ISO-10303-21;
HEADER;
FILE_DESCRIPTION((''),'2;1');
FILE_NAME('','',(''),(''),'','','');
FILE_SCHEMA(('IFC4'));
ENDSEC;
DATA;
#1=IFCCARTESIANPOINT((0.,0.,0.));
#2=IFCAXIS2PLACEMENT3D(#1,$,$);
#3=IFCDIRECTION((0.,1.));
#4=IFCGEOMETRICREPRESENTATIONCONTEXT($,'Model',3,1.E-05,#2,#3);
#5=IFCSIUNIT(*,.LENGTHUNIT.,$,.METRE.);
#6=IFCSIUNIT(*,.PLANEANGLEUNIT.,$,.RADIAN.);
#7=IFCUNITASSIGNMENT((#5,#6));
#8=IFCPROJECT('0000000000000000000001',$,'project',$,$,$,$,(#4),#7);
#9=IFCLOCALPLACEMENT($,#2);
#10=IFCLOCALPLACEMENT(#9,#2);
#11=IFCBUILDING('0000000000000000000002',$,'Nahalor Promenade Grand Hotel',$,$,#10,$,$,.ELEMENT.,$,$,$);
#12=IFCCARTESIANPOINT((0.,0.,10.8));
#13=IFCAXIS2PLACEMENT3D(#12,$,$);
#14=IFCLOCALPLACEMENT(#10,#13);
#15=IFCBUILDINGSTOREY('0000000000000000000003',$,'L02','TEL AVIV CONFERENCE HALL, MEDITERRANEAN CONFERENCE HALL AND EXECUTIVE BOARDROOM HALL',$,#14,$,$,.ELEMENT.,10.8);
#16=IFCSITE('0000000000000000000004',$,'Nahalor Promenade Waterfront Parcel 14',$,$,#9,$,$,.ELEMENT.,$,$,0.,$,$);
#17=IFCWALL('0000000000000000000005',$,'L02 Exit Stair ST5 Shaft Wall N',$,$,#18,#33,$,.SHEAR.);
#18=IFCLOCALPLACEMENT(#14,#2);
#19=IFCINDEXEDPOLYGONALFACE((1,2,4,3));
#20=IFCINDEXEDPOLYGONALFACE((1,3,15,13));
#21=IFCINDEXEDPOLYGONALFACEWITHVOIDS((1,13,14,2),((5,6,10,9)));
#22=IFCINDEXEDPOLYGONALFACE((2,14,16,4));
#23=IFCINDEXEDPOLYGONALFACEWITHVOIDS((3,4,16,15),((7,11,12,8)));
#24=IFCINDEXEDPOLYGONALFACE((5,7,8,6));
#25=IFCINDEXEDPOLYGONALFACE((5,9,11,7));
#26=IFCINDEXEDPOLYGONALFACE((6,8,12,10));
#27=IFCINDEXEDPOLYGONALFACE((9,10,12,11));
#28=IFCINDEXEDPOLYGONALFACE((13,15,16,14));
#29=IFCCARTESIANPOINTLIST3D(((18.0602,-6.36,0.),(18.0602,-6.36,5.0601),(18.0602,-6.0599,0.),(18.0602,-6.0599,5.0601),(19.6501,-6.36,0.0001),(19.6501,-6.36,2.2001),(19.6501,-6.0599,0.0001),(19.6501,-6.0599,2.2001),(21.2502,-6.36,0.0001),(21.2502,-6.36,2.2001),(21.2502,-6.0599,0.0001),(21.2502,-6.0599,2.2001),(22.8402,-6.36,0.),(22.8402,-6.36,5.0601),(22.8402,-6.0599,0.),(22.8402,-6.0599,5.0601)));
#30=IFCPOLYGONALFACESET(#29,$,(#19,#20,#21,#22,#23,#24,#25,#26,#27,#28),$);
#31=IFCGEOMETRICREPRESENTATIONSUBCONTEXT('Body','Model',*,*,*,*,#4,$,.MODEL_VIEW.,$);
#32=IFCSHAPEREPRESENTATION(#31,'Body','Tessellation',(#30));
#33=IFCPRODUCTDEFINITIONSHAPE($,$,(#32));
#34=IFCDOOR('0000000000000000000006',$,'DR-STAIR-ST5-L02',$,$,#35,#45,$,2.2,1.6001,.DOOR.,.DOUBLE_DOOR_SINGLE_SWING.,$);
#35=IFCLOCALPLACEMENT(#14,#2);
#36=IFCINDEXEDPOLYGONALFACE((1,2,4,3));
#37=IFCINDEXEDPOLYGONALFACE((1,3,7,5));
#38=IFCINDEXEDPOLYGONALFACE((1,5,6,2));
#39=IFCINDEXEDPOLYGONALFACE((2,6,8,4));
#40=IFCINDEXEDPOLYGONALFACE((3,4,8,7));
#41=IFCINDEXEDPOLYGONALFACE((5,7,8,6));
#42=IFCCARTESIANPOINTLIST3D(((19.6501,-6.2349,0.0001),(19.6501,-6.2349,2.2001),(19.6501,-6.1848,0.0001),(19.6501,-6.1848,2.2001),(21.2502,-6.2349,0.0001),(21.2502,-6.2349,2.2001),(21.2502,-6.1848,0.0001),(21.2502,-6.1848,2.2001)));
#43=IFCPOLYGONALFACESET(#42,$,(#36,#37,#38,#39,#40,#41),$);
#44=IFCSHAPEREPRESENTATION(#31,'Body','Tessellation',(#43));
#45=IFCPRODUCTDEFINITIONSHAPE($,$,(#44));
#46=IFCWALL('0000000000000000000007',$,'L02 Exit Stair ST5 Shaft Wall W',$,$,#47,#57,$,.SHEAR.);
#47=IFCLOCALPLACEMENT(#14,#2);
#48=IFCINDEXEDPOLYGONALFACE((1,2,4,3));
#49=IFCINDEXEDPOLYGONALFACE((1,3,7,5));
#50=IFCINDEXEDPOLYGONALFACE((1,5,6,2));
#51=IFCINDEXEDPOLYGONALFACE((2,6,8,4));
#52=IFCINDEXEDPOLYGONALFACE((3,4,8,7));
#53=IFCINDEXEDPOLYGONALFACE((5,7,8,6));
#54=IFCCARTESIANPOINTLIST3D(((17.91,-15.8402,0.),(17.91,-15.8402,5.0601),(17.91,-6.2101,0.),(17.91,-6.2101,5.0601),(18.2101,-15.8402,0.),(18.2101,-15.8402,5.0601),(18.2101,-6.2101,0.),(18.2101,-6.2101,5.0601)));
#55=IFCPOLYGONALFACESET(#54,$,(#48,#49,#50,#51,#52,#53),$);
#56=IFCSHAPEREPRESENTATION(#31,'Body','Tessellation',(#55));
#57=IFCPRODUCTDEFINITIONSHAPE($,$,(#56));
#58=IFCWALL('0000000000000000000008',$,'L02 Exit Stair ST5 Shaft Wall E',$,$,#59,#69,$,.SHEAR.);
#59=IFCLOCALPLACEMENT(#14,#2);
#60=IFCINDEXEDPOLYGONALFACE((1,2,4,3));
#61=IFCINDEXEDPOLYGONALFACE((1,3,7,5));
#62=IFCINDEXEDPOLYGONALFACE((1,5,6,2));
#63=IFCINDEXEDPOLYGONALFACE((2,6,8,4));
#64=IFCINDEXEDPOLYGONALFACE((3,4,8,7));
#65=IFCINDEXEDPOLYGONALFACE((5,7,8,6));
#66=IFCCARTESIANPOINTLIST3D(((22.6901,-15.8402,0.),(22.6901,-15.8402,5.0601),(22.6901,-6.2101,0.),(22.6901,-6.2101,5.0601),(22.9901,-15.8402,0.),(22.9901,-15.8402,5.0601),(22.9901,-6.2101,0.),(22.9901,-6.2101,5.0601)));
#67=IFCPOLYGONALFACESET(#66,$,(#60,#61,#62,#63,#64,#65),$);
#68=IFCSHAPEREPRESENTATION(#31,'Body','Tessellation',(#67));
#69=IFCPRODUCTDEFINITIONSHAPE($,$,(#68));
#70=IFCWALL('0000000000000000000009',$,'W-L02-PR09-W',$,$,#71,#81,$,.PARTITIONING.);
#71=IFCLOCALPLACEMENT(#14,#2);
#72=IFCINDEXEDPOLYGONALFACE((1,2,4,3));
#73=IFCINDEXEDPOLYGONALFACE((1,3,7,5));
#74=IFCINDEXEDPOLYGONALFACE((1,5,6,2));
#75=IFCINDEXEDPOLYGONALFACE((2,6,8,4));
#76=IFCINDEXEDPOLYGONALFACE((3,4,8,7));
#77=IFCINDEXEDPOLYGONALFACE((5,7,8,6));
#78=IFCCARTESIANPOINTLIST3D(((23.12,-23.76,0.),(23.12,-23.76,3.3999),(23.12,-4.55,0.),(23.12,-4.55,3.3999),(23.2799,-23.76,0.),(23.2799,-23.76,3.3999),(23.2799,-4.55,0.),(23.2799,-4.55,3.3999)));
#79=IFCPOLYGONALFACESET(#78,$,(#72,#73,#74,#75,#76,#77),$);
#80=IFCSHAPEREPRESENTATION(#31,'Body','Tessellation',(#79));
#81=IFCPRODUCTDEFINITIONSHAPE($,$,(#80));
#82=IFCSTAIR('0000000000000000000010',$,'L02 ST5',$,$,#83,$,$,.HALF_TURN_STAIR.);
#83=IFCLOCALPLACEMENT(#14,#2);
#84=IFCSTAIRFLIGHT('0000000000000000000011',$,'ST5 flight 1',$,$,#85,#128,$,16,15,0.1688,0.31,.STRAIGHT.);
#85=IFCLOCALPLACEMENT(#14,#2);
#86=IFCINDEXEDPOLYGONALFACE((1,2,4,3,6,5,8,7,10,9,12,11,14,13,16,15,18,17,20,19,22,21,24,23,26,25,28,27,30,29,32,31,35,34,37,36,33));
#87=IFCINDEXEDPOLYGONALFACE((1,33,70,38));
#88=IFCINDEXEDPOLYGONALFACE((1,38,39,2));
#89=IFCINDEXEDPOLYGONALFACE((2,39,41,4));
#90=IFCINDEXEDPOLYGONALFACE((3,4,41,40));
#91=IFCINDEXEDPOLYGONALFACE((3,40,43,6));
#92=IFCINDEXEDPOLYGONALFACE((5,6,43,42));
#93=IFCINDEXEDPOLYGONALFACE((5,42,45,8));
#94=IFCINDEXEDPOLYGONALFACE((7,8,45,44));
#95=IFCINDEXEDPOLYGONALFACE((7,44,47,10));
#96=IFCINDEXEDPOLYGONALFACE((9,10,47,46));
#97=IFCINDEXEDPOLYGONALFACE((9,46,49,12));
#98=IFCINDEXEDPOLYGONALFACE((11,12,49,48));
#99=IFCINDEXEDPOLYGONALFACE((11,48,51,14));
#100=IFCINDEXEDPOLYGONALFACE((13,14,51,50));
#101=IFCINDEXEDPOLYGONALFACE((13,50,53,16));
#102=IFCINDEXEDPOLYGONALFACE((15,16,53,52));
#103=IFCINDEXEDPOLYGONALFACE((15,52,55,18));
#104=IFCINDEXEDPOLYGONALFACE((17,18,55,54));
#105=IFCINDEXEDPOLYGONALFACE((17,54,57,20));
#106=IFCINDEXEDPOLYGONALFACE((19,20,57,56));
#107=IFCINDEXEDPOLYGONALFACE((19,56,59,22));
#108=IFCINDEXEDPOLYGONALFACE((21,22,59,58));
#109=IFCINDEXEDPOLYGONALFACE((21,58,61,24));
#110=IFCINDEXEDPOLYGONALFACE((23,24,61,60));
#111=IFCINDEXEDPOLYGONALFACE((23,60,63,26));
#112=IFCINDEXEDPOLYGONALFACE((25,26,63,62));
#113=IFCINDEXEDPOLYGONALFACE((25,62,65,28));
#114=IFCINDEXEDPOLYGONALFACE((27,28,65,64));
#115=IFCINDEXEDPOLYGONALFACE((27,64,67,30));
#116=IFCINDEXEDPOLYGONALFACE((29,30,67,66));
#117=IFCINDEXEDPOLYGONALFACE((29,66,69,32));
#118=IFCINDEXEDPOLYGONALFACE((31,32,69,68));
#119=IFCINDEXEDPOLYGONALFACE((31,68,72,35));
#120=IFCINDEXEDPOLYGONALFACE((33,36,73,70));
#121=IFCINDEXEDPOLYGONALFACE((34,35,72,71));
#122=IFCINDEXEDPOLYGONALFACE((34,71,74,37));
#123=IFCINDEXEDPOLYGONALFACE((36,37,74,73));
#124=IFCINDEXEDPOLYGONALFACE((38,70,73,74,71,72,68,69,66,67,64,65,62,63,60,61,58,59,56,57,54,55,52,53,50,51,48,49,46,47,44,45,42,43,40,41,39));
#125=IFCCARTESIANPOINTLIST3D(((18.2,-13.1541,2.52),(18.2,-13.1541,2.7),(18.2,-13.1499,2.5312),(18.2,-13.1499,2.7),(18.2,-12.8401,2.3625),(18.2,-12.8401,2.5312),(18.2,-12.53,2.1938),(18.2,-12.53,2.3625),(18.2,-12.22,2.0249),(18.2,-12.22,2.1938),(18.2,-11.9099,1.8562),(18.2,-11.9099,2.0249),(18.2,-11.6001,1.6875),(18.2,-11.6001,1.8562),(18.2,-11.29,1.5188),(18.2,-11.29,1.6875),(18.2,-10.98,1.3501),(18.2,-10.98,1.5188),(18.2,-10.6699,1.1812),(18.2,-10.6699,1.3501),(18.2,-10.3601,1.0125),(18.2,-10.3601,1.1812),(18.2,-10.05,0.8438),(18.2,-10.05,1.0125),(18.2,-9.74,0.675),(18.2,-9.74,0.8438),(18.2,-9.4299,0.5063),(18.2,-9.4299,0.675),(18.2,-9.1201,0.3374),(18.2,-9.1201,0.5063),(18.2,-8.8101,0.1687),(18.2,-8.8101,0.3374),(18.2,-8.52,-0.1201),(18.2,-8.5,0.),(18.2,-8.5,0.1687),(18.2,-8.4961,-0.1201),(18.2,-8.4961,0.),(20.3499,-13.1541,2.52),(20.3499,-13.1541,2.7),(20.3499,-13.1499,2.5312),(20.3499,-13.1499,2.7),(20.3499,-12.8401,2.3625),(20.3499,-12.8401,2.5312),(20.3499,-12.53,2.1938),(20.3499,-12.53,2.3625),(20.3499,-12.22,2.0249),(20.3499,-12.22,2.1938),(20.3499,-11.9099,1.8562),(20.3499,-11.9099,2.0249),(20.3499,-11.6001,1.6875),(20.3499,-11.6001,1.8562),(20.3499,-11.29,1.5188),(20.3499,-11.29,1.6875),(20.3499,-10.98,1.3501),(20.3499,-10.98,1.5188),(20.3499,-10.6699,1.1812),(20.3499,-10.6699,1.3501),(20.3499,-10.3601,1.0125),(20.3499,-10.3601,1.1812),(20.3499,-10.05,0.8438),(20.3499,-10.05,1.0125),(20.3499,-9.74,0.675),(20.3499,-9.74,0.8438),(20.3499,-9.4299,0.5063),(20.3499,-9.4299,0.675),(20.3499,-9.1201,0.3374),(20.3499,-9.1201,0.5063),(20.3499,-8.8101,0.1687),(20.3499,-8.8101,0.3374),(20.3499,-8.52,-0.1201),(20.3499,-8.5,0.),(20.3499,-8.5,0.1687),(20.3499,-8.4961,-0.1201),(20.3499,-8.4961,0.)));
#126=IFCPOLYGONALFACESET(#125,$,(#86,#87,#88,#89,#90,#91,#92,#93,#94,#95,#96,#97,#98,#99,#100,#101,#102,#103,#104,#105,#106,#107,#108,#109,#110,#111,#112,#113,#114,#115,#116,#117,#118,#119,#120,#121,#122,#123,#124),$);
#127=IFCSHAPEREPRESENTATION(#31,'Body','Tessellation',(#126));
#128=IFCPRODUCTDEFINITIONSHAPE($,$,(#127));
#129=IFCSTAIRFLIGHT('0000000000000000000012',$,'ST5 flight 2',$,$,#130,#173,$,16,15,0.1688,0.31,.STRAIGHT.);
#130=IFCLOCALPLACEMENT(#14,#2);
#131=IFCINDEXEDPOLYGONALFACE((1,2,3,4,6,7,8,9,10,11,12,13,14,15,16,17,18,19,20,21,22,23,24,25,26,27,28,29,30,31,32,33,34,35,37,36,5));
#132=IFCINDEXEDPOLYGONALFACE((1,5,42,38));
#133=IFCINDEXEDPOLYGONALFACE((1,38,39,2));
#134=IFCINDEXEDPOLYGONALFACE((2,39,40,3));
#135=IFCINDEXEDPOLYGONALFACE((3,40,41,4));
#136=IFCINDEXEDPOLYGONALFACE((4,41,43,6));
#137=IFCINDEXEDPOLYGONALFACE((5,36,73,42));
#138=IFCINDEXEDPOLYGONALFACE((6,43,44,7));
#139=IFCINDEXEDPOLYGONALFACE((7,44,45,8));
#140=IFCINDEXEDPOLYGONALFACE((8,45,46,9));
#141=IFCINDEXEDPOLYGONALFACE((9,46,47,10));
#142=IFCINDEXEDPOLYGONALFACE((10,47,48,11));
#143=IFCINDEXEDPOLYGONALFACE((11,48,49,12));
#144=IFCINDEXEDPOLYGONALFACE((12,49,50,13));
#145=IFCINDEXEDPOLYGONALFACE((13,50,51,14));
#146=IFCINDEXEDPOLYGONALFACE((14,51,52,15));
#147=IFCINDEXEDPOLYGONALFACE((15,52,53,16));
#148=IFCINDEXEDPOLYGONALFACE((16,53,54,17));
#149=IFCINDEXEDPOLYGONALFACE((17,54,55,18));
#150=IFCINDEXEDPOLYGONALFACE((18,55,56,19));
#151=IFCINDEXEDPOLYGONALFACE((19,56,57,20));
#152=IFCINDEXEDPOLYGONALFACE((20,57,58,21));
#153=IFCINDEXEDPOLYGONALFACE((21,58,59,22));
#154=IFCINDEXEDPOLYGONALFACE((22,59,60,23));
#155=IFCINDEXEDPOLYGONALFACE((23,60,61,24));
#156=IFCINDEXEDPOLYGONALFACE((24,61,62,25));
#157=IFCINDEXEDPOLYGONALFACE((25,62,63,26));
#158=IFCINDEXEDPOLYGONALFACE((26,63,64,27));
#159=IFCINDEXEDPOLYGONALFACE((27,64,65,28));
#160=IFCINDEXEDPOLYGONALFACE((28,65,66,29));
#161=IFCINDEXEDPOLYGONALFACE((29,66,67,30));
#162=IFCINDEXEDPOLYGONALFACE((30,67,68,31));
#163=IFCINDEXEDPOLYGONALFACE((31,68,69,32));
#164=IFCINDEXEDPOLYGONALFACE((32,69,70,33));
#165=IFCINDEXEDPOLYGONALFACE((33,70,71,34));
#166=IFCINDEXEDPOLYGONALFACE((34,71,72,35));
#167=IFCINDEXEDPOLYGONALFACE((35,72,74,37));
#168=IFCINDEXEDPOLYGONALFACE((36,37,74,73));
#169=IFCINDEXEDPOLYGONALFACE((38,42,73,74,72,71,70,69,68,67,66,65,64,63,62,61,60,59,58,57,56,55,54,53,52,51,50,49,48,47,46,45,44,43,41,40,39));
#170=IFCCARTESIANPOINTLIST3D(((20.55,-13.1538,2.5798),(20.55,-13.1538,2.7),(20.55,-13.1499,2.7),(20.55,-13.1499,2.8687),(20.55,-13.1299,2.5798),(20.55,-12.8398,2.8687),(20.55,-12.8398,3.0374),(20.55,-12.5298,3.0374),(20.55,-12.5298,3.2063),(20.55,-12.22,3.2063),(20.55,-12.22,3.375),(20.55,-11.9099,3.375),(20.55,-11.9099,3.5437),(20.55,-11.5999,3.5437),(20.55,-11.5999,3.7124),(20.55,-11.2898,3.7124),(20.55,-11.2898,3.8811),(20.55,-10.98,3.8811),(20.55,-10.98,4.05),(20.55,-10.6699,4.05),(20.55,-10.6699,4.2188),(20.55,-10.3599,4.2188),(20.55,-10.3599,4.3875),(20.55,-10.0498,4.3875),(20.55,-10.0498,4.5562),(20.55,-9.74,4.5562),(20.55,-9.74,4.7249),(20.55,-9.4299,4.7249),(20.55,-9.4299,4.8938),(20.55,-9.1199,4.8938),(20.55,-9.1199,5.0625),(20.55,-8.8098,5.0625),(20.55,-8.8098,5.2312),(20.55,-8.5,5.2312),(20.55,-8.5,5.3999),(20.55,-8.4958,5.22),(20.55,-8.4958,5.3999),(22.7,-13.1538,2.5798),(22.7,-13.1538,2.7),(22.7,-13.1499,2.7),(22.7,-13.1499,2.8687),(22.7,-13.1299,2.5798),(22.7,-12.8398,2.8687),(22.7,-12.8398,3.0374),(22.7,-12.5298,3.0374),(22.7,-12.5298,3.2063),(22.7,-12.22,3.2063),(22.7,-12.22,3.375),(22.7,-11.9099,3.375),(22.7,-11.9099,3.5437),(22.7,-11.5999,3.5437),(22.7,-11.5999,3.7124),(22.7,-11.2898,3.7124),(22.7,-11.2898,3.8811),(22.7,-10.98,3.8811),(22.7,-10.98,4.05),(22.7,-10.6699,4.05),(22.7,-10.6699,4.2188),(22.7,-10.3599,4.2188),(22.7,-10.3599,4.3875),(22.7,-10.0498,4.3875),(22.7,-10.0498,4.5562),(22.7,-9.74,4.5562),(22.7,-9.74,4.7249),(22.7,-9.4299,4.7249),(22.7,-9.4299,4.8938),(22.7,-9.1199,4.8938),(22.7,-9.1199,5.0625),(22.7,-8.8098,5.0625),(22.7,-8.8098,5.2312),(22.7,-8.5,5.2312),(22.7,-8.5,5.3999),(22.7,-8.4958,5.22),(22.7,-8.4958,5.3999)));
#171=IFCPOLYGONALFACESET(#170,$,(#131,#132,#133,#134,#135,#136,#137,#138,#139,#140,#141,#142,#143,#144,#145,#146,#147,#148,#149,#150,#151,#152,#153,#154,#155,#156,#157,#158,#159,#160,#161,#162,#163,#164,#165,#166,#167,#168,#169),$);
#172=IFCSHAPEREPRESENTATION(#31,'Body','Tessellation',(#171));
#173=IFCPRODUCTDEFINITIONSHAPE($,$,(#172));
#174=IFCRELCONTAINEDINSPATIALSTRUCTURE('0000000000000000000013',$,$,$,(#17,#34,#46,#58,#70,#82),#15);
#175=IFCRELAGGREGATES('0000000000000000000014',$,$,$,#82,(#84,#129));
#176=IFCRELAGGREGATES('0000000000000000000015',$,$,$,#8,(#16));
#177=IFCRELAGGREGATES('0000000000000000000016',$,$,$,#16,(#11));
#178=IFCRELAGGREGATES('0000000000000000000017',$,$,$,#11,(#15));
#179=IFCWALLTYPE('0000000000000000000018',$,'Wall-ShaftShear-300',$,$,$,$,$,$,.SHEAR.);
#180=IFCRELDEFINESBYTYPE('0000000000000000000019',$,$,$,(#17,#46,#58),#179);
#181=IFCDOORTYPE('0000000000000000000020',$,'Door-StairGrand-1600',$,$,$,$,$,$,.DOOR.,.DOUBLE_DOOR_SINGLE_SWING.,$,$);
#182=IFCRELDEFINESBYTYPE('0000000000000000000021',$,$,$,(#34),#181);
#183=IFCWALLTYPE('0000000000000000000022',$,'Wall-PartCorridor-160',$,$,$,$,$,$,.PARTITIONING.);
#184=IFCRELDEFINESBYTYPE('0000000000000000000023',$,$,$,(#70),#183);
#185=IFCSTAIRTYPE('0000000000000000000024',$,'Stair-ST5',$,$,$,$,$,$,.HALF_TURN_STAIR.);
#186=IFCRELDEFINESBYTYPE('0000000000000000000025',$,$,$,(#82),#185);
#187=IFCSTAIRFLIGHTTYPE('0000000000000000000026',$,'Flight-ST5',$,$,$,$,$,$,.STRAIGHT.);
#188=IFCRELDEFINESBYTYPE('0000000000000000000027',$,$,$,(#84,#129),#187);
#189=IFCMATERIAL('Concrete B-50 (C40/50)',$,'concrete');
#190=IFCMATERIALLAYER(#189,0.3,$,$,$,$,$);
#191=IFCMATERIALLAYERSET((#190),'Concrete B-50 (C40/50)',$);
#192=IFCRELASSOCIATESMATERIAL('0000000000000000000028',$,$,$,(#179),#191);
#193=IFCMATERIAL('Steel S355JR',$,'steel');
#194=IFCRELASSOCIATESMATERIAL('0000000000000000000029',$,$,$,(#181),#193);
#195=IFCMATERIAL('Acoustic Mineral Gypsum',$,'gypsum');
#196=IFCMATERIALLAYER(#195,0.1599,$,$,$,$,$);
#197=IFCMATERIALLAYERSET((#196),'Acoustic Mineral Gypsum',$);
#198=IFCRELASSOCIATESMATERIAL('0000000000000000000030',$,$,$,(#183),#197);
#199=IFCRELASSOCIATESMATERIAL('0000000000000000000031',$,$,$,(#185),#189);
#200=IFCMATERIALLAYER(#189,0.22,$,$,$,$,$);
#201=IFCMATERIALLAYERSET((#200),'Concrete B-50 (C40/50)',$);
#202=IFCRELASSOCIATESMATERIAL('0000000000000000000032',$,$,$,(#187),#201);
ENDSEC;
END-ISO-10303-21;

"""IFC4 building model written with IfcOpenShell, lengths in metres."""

from ifc_helpers import new_model, si_unit, direction, frame, frame_2d, origin, place, context, subcontext, project, spatial, polyline, rectangle, outline, extrude, source, transform, mapped, material, layer, layer_set, type_object, element, fill, aggregate, save


model = new_model("IFC4")

# Units and contexts
model_context = context("Model", 3, precision=1e-05, world=origin(), true_north=direction((0.0, 1.0)))
body_context = subcontext(model_context, "Body", "Model", "MODEL_VIEW")
ifc_project = project(units=[si_unit("LENGTHUNIT", "METRE"), si_unit("PLANEANGLEUNIT", "RADIAN")], contexts=[model_context])

# Site, building, storey
site_placement = place(None, origin())
site = spatial("IfcSite", under=ifc_project, at=site_placement, Name="Nahalor Promenade Waterfront Parcel 14", CompositionType="ELEMENT", RefElevation=0.0)
building_placement = place(site_placement, origin())
building = spatial("IfcBuilding", under=site, at=building_placement, Name="Nahalor Promenade Grand Hotel", CompositionType="ELEMENT")
storey_placement = place(building_placement, frame((0.0, 0.0, 10.8)))
storey = spatial("IfcBuildingStorey", under=building, at=storey_placement, Name="L02", Description="TEL AVIV CONFERENCE HALL, MEDITERRANEAN CONFERENCE HALL AND EXECUTIVE BOARDROOM HALL", CompositionType="ELEMENT", Elevation=10.8)

# Shared definitions
ifc_material_1 = material(Name="Steel S355JR", Category="steel")

# Shared definitions
ifc_material_2 = material(Name="Concrete B-50 (C40/50)", Category="concrete")
ifc_layer_1 = layer(ifc_material_2, 0.3)
ifc_layer_set_1 = layer_set([ifc_layer_1], Name="Concrete B-50 (C40/50)")
wall_type_1 = type_object("IfcWallType", Name="Wall-ShaftShear-300", PredefinedType="SHEAR", material=ifc_layer_set_1)
shared_shape_1 = source(origin(), body_context, "Body", "SweptSolid", [
    extrude(rectangle(XDim=4.78, YDim=0.3, at=frame_2d((2.3901, 0.0))), origin(), (0.0, 0.0, 1.0), 5.0601),
])

# Wall, opening, door
wall_1_placement = place(storey_placement, frame((18.0601, -6.21, 0.0), z_axis=(0.0, 0.0, 1.0), x_axis=(1.0, 0.0, 0.0)))
wall_1 = element("IfcWall", 1, at=wall_1_placement, inside=storey, type_object=wall_type_1, Name="L02 Exit Stair ST5 Shaft Wall N", PredefinedType="SHEAR", context=body_context, shape_type="MappedRepresentation", body=[
    mapped(shared_shape_1, transform((0.0, 0.0, 0.0), scale=1.0)),
])
opening_placement = place(wall_1_placement, frame((1.5901, 0.0, 0.0)))
opening = element("IfcOpeningElement", 2, at=opening_placement, cuts=wall_1, PredefinedType="OPENING", context=body_context, shape_type="SweptSolid", body=[
    extrude(rectangle(XDim=1.6001, YDim=2.2, at=frame_2d((0.8, 1.1001))), frame((0.0, 0.1599, 0.0), z_axis=(0.0, -1.0, 0.0), x_axis=(1.0, 0.0, 0.0)), (0.0, 0.0, 1.0), 0.3201),
])
door_type = type_object("IfcDoorType", Name="Door-StairGrand-1600", OperationType="DOUBLE_DOOR_SINGLE_SWING", PredefinedType="DOOR", material=ifc_material_1)
shared_shape_2 = source(origin(), body_context, "Body", "SweptSolid", [
    extrude(rectangle(XDim=1.6001, YDim=2.2, at=frame_2d((0.8, 1.1001))), frame((0.0, 0.0249, 0.0), z_axis=(0.0, -1.0, 0.0), x_axis=(1.0, 0.0, 0.0)), (0.0, 0.0, 1.0), 0.05),
])
door_placement = place(opening_placement, frame((1.6001, 0.0, 0.0), z_axis=(0.0, 0.0, 1.0), x_axis=(-1.0, 0.0, 0.0)))
door = element("IfcDoor", 3, at=door_placement, inside=storey, type_object=door_type, Name="DR-STAIR-ST5-L02", OperationType="DOUBLE_DOOR_SINGLE_SWING", OverallHeight=2.2, OverallWidth=1.6001, PredefinedType="DOOR", context=body_context, shape_type="MappedRepresentation", body=[
    mapped(shared_shape_2, transform((0.0, 0.0, 0.0), scale=1.0)),
])
fill(opening, door)

# Walls
shared_shape_3 = source(origin(), body_context, "Body", "SweptSolid", [
    extrude(rectangle(XDim=9.6301, YDim=0.3, at=frame_2d((4.8149, 0.0))), origin(), (0.0, 0.0, 1.0), 5.0601),
])
for number, where, z_axis, x_axis, name in (
    (4, (18.0601, -15.8401, 0.0), (0.0, 0.0, 1.0), (0.0, 1.0, 0.0), "L02 Exit Stair ST5 Shaft Wall W"),
    (5, (22.8401, -15.8401, 0.0), (0.0, 0.0, 1.0), (0.0, 1.0, 0.0), "L02 Exit Stair ST5 Shaft Wall E"),
):
    element("IfcWall", number, at=place(storey_placement, frame(where, z_axis=z_axis, x_axis=x_axis)), inside=storey, type_object=wall_type_1, Name=name, PredefinedType="SHEAR", context=body_context, shape_type="MappedRepresentation", body=[
        mapped(shared_shape_3, transform((0.0, 0.0, 0.0), scale=1.0)),
    ])
ifc_material_3 = material(Name="Acoustic Mineral Gypsum", Category="gypsum")
ifc_layer_2 = layer(ifc_material_3, 0.1599)
ifc_layer_set_2 = layer_set([ifc_layer_2], Name="Acoustic Mineral Gypsum")
wall_type_2 = type_object("IfcWallType", Name="Wall-PartCorridor-160", PredefinedType="PARTITIONING", material=ifc_layer_set_2)
shared_shape_4 = source(origin(), body_context, "Body", "SweptSolid", [
    extrude(rectangle(XDim=19.21, YDim=0.1599, at=frame_2d((9.605, 0.0))), origin(), (0.0, 0.0, 1.0), 3.3999),
])
wall_2_placement = place(storey_placement, frame((23.2, -23.76, 0.0), z_axis=(0.0, 0.0, 1.0), x_axis=(0.0, 1.0, 0.0)))
element("IfcWall", 6, at=wall_2_placement, inside=storey, type_object=wall_type_2, Name="W-L02-PR09-W", PredefinedType="PARTITIONING", context=body_context, shape_type="MappedRepresentation", body=[
    mapped(shared_shape_4, transform((0.0, 0.0, 0.0), scale=1.0)),
])

# Stair, stair flights
stair_type = type_object("IfcStairType", Name="Stair-ST5", PredefinedType="HALF_TURN_STAIR", material=ifc_material_2)
stair_placement = place(storey_placement, origin())
stair = element("IfcStair", 7, at=stair_placement, inside=storey, type_object=stair_type, Name="L02 ST5", PredefinedType="HALF_TURN_STAIR")
ifc_layer_3 = layer(ifc_material_2, 0.22)
ifc_layer_set_3 = layer_set([ifc_layer_3], Name="Concrete B-50 (C40/50)")
stair_flight_type = type_object("IfcStairFlightType", Name="Flight-ST5", PredefinedType="STRAIGHT", material=ifc_layer_set_3)
shared_shape_5 = source(origin(), body_context, "Body", "SweptSolid", [
    extrude(outline(polyline([(-0.0039, -0.1201), (-0.0039, 0.0), (0.0, 0.0), (0.0, 0.1687), (0.3101, 0.1687), (0.3101, 0.3374), (0.6201, 0.3374), (0.6201, 0.5063), (0.9299, 0.5063), (0.9299, 0.675), (1.24, 0.675), (1.24, 0.8438), (1.55, 0.8438), (1.55, 1.0125), (1.8601, 1.0125), (1.8601, 1.1812), (2.1699, 1.1812), (2.1699, 1.3501), (2.48, 1.3501), (2.48, 1.5188), (2.79, 1.5188), (2.79, 1.6875), (3.1001, 1.6875), (3.1001, 1.8562), (3.4099, 1.8562), (3.4099, 2.0249), (3.72, 2.0249), (3.72, 2.1938), (4.03, 2.1938), (4.03, 2.3625), (4.3401, 2.3625), (4.3401, 2.5312), (4.6499, 2.5312), (4.6499, 2.7), (4.6541, 2.7), (4.6541, 2.52), (0.02, -0.1201), (-0.0039, -0.1201)])), frame((0.0, 1.075, 0.0), z_axis=(0.0, -1.0, 0.0), x_axis=(1.0, 0.0, 0.0)), (0.0, 0.0, 1.0), 2.1499),
])
stair_flight_1_placement = place(storey_placement, frame((19.2749, -8.5, 0.0), z_axis=(0.0, 0.0, 1.0), x_axis=(0.0, -1.0, 0.0)))
stair_flight_1 = element("IfcStairFlight", 8, at=stair_flight_1_placement, type_object=stair_flight_type, Name="ST5 flight 1", NumberOfRisers=16, NumberOfTreads=15, PredefinedType="STRAIGHT", RiserHeight=0.1688, TreadLength=0.31, context=body_context, shape_type="MappedRepresentation", body=[
    mapped(shared_shape_5, transform((0.0, 0.0, 0.0), scale=1.0)),
])
stair_flight_2_placement = place(storey_placement, frame((21.625, -13.1499, 2.7), z_axis=(0.0, 0.0, 1.0), x_axis=(0.0, 1.0, 0.0)))
stair_flight_2 = element("IfcStairFlight", 9, at=stair_flight_2_placement, type_object=stair_flight_type, Name="ST5 flight 2", NumberOfRisers=16, NumberOfTreads=15, PredefinedType="STRAIGHT", RiserHeight=0.1688, TreadLength=0.31, context=body_context, shape_type="MappedRepresentation", body=[
    mapped(shared_shape_5, transform((0.0, 0.0, 0.0), scale=1.0)),
])
aggregate(stair, [stair_flight_1, stair_flight_2])

save(model, "model.ifc")
